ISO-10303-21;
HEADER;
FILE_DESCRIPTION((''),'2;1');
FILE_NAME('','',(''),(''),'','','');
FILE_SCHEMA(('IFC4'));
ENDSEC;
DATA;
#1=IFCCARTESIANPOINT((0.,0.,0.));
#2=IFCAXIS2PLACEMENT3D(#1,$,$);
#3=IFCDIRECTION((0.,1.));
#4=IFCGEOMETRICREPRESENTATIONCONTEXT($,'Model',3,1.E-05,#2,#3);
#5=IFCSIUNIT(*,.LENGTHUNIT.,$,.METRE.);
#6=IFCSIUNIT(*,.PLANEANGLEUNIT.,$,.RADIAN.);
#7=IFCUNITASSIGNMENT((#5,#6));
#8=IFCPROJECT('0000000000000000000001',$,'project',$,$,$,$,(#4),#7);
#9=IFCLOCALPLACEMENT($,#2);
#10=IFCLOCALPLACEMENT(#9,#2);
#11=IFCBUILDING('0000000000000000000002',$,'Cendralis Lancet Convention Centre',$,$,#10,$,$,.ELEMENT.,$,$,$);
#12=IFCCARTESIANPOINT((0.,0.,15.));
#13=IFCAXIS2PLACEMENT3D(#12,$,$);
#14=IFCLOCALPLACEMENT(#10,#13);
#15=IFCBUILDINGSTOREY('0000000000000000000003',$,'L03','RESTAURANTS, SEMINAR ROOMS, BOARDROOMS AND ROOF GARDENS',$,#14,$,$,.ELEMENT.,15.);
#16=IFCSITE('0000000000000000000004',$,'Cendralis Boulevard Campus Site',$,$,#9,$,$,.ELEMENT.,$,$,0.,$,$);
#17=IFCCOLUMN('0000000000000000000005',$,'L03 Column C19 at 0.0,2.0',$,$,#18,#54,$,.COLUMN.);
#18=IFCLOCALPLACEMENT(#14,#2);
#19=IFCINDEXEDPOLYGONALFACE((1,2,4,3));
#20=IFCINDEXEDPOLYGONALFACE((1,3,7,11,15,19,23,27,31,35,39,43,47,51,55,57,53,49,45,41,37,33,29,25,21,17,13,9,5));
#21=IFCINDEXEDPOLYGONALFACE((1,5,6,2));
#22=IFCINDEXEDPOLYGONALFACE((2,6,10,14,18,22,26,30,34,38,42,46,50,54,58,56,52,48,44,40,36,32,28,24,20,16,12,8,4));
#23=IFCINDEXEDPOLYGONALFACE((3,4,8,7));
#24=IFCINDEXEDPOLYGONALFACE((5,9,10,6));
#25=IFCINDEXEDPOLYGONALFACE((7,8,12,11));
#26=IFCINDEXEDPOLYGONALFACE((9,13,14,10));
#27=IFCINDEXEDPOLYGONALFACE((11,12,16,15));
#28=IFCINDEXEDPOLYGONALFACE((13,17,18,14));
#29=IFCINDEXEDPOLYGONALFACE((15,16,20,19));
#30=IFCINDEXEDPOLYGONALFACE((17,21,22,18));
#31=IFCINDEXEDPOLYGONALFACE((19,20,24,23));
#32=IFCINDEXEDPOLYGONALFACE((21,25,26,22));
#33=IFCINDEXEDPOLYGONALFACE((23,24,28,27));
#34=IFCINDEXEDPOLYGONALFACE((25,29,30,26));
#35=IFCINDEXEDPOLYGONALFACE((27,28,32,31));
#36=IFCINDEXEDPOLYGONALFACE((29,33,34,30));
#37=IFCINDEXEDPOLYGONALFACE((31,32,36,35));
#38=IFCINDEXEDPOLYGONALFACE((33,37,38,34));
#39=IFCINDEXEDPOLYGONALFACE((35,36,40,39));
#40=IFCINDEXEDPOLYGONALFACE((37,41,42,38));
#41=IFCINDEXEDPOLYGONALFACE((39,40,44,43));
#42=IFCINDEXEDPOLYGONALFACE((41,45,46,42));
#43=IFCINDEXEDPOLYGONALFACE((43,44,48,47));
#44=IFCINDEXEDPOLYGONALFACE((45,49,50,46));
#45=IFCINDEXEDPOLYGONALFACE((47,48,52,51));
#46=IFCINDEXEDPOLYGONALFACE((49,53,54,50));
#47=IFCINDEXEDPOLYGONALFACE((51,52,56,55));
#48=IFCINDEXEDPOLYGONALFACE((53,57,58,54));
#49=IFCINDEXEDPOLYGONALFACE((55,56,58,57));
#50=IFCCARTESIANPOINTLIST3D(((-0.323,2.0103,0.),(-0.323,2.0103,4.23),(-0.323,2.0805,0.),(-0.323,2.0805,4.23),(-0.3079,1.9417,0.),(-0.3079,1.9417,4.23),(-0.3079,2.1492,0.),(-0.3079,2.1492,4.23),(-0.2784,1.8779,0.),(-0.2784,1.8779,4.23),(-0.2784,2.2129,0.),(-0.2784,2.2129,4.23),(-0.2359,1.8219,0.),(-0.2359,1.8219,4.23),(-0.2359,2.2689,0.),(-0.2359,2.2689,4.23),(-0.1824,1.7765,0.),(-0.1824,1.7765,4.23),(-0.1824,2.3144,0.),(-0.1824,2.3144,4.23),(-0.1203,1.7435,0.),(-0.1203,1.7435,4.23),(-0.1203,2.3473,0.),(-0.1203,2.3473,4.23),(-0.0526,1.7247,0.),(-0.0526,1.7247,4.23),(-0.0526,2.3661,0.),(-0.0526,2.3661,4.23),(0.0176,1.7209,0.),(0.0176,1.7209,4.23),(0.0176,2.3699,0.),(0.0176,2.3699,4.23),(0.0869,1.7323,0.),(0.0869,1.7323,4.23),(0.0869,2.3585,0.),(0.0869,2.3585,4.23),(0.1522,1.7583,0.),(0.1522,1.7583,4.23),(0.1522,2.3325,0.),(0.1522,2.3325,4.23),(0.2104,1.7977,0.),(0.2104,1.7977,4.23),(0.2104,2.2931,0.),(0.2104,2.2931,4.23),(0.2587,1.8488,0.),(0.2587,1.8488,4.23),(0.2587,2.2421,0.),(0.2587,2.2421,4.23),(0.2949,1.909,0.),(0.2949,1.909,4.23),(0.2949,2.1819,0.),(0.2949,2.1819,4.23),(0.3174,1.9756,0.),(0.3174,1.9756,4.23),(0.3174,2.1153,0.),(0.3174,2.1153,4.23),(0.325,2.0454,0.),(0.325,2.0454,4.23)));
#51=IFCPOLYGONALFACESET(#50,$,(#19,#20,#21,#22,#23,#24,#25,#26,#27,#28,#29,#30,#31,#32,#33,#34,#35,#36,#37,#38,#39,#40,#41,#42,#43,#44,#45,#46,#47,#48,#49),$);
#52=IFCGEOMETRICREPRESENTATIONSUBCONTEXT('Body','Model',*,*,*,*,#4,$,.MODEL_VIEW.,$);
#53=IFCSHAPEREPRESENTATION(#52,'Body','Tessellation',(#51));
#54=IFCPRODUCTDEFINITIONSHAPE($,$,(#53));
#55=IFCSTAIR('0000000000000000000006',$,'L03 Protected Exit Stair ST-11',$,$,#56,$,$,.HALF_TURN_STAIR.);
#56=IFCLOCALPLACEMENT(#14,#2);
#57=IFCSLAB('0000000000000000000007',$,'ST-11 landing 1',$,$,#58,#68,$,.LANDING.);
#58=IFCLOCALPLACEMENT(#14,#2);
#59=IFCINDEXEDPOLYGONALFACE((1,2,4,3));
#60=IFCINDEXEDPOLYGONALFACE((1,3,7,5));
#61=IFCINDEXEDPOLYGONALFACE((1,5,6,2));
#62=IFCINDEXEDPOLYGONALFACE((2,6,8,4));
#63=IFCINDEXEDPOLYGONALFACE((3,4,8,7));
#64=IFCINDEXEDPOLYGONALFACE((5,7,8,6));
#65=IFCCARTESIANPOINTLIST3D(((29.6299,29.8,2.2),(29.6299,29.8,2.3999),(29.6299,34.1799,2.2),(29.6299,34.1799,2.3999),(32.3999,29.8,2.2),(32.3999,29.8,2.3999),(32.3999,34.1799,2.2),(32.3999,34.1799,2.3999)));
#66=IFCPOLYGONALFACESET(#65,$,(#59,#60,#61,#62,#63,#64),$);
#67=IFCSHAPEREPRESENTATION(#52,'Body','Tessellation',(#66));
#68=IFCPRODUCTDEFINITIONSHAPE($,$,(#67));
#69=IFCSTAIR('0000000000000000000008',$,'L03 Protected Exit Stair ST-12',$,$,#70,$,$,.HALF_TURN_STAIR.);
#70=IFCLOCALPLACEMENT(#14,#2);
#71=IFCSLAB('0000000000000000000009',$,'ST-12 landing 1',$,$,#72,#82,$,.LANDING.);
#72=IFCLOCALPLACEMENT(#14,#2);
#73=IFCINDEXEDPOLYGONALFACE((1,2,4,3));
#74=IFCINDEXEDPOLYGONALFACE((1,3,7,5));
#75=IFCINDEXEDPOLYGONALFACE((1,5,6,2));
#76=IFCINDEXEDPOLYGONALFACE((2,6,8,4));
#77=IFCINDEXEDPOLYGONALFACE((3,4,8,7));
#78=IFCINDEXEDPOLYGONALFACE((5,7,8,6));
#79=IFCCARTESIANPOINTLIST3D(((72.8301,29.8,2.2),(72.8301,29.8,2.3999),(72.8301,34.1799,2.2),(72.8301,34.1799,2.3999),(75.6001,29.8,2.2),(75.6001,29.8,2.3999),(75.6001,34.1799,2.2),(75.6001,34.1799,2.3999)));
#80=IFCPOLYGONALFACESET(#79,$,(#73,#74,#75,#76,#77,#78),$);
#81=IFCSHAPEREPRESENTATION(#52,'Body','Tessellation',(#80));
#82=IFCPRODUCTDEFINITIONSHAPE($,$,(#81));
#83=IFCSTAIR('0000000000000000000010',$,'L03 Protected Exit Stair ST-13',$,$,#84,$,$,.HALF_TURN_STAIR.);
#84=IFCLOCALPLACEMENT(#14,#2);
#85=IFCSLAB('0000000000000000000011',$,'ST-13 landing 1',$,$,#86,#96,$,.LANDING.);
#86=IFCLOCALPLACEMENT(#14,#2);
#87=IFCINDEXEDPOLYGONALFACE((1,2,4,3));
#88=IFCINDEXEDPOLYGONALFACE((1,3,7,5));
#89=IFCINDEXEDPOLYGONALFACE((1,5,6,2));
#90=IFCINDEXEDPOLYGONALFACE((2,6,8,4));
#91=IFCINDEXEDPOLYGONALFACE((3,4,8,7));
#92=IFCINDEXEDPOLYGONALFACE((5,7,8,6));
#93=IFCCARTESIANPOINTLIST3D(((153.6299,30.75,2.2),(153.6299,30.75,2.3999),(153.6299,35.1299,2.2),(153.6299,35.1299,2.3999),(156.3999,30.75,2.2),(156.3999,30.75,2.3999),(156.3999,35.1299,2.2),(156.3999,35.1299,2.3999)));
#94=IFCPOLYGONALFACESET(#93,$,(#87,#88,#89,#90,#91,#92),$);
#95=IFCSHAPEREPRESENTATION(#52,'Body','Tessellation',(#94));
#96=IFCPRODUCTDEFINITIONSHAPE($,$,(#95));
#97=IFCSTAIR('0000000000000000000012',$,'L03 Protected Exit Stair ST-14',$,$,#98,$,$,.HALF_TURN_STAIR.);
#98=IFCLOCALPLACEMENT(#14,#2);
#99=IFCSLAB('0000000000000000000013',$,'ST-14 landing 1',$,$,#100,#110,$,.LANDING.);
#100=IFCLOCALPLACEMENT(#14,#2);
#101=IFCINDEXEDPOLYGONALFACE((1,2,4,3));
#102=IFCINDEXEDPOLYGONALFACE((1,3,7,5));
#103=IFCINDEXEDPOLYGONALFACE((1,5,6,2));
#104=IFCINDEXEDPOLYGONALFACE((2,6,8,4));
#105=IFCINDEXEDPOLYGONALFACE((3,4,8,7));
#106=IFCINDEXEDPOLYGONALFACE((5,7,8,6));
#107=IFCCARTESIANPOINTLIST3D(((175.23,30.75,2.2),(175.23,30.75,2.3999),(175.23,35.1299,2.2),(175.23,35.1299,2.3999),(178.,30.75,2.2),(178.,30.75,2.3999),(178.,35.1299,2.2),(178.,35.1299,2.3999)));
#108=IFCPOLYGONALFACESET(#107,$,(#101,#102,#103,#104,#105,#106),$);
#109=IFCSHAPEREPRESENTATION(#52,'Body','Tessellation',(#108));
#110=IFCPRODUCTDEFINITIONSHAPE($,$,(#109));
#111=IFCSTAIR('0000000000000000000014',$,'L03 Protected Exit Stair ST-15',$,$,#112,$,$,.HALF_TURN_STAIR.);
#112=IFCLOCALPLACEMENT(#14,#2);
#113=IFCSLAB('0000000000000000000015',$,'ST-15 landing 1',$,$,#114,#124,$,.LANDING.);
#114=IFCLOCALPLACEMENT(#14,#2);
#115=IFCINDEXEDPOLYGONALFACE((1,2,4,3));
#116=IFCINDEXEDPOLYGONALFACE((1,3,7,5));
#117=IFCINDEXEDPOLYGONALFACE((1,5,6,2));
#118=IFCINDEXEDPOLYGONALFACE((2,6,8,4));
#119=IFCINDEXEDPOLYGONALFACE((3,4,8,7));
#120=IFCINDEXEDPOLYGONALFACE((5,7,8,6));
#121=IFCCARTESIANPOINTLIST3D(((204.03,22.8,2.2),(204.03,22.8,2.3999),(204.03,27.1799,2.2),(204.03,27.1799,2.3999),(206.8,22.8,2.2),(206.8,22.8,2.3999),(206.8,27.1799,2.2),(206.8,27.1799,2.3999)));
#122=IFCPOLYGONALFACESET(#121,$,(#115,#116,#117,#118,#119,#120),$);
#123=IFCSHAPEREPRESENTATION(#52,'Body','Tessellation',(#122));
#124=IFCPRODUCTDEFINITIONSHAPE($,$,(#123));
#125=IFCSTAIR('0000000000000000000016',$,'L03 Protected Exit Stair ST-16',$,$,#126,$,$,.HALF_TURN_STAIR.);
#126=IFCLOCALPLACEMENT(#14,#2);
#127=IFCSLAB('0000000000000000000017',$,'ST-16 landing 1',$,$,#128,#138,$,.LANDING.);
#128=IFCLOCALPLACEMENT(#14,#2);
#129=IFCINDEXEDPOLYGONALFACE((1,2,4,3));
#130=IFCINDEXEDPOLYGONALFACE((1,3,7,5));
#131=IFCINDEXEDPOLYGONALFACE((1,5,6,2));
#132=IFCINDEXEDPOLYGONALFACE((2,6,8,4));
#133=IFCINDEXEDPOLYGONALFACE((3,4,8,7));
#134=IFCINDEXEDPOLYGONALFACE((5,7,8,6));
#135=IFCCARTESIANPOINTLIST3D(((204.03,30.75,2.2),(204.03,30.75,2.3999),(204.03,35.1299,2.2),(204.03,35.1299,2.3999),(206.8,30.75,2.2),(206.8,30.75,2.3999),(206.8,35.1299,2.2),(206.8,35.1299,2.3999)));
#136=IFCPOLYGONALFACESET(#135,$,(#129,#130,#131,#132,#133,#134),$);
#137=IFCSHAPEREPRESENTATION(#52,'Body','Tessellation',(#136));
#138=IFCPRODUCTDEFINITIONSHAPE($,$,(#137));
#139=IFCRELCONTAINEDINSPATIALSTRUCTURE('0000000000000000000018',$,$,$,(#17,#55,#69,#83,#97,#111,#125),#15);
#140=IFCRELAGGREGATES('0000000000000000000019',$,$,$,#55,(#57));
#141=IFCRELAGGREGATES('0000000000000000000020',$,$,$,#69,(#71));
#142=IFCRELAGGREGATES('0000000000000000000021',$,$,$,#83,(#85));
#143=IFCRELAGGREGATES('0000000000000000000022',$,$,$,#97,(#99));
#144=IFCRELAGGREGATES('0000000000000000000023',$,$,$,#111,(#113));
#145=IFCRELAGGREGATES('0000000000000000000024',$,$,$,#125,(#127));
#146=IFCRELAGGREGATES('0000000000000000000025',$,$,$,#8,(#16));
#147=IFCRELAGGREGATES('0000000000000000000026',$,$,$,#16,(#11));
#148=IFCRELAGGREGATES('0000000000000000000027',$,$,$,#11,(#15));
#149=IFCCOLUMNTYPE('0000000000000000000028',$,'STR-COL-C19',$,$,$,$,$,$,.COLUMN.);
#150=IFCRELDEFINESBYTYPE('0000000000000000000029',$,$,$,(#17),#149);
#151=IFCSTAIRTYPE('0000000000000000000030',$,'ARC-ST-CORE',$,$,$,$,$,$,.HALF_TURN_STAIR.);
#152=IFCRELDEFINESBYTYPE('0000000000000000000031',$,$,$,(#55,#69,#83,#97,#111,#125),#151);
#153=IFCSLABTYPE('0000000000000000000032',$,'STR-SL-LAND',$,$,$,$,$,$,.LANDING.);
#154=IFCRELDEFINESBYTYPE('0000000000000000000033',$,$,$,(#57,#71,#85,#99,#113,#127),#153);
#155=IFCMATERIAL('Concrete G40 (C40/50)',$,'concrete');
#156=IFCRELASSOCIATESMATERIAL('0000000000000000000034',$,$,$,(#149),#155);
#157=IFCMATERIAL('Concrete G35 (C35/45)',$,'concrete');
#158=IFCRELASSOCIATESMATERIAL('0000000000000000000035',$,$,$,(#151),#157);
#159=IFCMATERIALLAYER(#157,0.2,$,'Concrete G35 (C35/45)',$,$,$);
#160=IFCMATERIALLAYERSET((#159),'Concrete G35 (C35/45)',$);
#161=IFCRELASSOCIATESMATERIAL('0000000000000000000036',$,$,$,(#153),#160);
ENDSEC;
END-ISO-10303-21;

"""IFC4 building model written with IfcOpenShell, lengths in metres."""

from ifc_helpers import new_model, si_unit, direction, frame, origin, origin_2d, place, context, subcontext, project, spatial, polyline, circle, outline, extrude, material, layer, layer_set, material_profile, profile_set, type_object, element, aggregate, save


model = new_model("IFC4")

# Units and contexts
model_context = context("Model", 3, precision=1e-05, world=origin(), true_north=direction((0.0, 1.0)))
body_context = subcontext(model_context, "Body", "Model", "MODEL_VIEW")
ifc_project = project(units=[si_unit("LENGTHUNIT", "METRE"), si_unit("PLANEANGLEUNIT", "RADIAN")], contexts=[model_context])

# Site, building, storey
site_placement = place(None, origin())
site = spatial("IfcSite", under=ifc_project, at=site_placement, Name="Cendralis Boulevard Campus Site", CompositionType="ELEMENT", RefElevation=0.0)
building_placement = place(site_placement, origin())
building = spatial("IfcBuilding", under=site, at=building_placement, Name="Cendralis Lancet Convention Centre", CompositionType="ELEMENT")
storey_placement = place(building_placement, frame((0.0, 0.0, 15.0)))
storey = spatial("IfcBuildingStorey", under=building, at=storey_placement, Name="L03", Description="RESTAURANTS, SEMINAR ROOMS, BOARDROOMS AND ROOF GARDENS", CompositionType="ELEMENT", Elevation=15.0)

# Column
ifc_material_1 = material(Name="Concrete G40 (C40/50)", Category="concrete")
ifc_material_profile = material_profile(ifc_material_1, circle(Radius=0.325, at=origin_2d()), Name="RC D650")
ifc_profile_set = profile_set([ifc_material_profile], Name="Concrete G40 (C40/50)")
column_type = type_object("IfcColumnType", Name="STR-COL-C19", PredefinedType="COLUMN", material=ifc_profile_set)
column_placement = place(storey_placement, frame((0.0, 2.0454, 0.0), z_axis=(0.0, 0.0, 1.0), x_axis=(1.0, 0.0, 0.0)))
element("IfcColumn", 1, at=column_placement, inside=storey, type_object=column_type, Name="L03 Column C19 at 0.0,2.0", PredefinedType="COLUMN", context=body_context, shape_type="SweptSolid", body=[
    extrude(circle(Radius=0.325, at=origin_2d()), origin(), (0.0, 0.0, 1.0), 4.23),
])

# Stairs, slabs
ifc_material_2 = material(Name="Concrete G35 (C35/45)", Category="concrete")
stair_type = type_object("IfcStairType", Name="ARC-ST-CORE", PredefinedType="HALF_TURN_STAIR", material=ifc_material_2)
stair_1_placement = place(storey_placement, origin())
stair_1 = element("IfcStair", 2, at=stair_1_placement, inside=storey, type_object=stair_type, Name="L03 Protected Exit Stair ST-11", PredefinedType="HALF_TURN_STAIR")
ifc_layer_1 = layer(ifc_material_2, 0.2, Name="Concrete G35 (C35/45)")
ifc_layer_set_1 = layer_set([ifc_layer_1], Name="Concrete G35 (C35/45)")
slab_type = type_object("IfcSlabType", Name="STR-SL-LAND", PredefinedType="LANDING", material=ifc_layer_set_1)
slab_1_placement = place(storey_placement, frame((0.0, 0.0, 2.2)))
slab_1 = element("IfcSlab", 3, at=slab_1_placement, type_object=slab_type, Name="ST-11 landing 1", PredefinedType="LANDING", context=body_context, shape_type="SweptSolid", body=[
    extrude(outline(polyline([(29.6299, 29.8), (32.3999, 29.8), (32.3999, 34.1799), (29.6299, 34.1799), (29.6299, 29.8)])), origin(), (0.0, 0.0, 1.0), 0.2),
])
aggregate(stair_1, [slab_1])
stair_2_placement = place(storey_placement, origin())
stair_2 = element("IfcStair", 4, at=stair_2_placement, inside=storey, type_object=stair_type, Name="L03 Protected Exit Stair ST-12", PredefinedType="HALF_TURN_STAIR")
slab_2_placement = place(storey_placement, frame((0.0, 0.0, 2.2)))
slab_2 = element("IfcSlab", 5, at=slab_2_placement, type_object=slab_type, Name="ST-12 landing 1", PredefinedType="LANDING", context=body_context, shape_type="SweptSolid", body=[
    extrude(outline(polyline([(72.8301, 29.8), (75.6001, 29.8), (75.6001, 34.1799), (72.8301, 34.1799), (72.8301, 29.8)])), origin(), (0.0, 0.0, 1.0), 0.2),
])
aggregate(stair_2, [slab_2])
stair_3_placement = place(storey_placement, origin())
stair_3 = element("IfcStair", 6, at=stair_3_placement, inside=storey, type_object=stair_type, Name="L03 Protected Exit Stair ST-13", PredefinedType="HALF_TURN_STAIR")
slab_3_placement = place(storey_placement, frame((0.0, 0.0, 2.2)))
slab_3 = element("IfcSlab", 7, at=slab_3_placement, type_object=slab_type, Name="ST-13 landing 1", PredefinedType="LANDING", context=body_context, shape_type="SweptSolid", body=[
    extrude(outline(polyline([(153.6299, 30.75), (156.3999, 30.75), (156.3999, 35.1299), (153.6299, 35.1299), (153.6299, 30.75)])), origin(), (0.0, 0.0, 1.0), 0.2),
])
aggregate(stair_3, [slab_3])
stair_4_placement = place(storey_placement, origin())
stair_4 = element("IfcStair", 8, at=stair_4_placement, inside=storey, type_object=stair_type, Name="L03 Protected Exit Stair ST-14", PredefinedType="HALF_TURN_STAIR")
slab_4_placement = place(storey_placement, frame((0.0, 0.0, 2.2)))
slab_4 = element("IfcSlab", 9, at=slab_4_placement, type_object=slab_type, Name="ST-14 landing 1", PredefinedType="LANDING", context=body_context, shape_type="SweptSolid", body=[
    extrude(outline(polyline([(175.23, 30.75), (178.0, 30.75), (178.0, 35.1299), (175.23, 35.1299), (175.23, 30.75)])), origin(), (0.0, 0.0, 1.0), 0.2),
])
aggregate(stair_4, [slab_4])
stair_5_placement = place(storey_placement, origin())
stair_5 = element("IfcStair", 10, at=stair_5_placement, inside=storey, type_object=stair_type, Name="L03 Protected Exit Stair ST-15", PredefinedType="HALF_TURN_STAIR")
slab_5_placement = place(storey_placement, frame((0.0, 0.0, 2.2)))
slab_5 = element("IfcSlab", 11, at=slab_5_placement, type_object=slab_type, Name="ST-15 landing 1", PredefinedType="LANDING", context=body_context, shape_type="SweptSolid", body=[
    extrude(outline(polyline([(204.03, 22.8), (206.8, 22.8), (206.8, 27.1799), (204.03, 27.1799), (204.03, 22.8)])), origin(), (0.0, 0.0, 1.0), 0.2),
])
aggregate(stair_5, [slab_5])
stair_6_placement = place(storey_placement, origin())
stair_6 = element("IfcStair", 12, at=stair_6_placement, inside=storey, type_object=stair_type, Name="L03 Protected Exit Stair ST-16", PredefinedType="HALF_TURN_STAIR")
slab_6_placement = place(storey_placement, frame((0.0, 0.0, 2.2)))
slab_6 = element("IfcSlab", 13, at=slab_6_placement, type_object=slab_type, Name="ST-16 landing 1", PredefinedType="LANDING", context=body_context, shape_type="SweptSolid", body=[
    extrude(outline(polyline([(204.03, 30.75), (206.8, 30.75), (206.8, 35.1299), (204.03, 35.1299), (204.03, 30.75)])), origin(), (0.0, 0.0, 1.0), 0.2),
])
aggregate(stair_6, [slab_6])

save(model, "model.ifc")
